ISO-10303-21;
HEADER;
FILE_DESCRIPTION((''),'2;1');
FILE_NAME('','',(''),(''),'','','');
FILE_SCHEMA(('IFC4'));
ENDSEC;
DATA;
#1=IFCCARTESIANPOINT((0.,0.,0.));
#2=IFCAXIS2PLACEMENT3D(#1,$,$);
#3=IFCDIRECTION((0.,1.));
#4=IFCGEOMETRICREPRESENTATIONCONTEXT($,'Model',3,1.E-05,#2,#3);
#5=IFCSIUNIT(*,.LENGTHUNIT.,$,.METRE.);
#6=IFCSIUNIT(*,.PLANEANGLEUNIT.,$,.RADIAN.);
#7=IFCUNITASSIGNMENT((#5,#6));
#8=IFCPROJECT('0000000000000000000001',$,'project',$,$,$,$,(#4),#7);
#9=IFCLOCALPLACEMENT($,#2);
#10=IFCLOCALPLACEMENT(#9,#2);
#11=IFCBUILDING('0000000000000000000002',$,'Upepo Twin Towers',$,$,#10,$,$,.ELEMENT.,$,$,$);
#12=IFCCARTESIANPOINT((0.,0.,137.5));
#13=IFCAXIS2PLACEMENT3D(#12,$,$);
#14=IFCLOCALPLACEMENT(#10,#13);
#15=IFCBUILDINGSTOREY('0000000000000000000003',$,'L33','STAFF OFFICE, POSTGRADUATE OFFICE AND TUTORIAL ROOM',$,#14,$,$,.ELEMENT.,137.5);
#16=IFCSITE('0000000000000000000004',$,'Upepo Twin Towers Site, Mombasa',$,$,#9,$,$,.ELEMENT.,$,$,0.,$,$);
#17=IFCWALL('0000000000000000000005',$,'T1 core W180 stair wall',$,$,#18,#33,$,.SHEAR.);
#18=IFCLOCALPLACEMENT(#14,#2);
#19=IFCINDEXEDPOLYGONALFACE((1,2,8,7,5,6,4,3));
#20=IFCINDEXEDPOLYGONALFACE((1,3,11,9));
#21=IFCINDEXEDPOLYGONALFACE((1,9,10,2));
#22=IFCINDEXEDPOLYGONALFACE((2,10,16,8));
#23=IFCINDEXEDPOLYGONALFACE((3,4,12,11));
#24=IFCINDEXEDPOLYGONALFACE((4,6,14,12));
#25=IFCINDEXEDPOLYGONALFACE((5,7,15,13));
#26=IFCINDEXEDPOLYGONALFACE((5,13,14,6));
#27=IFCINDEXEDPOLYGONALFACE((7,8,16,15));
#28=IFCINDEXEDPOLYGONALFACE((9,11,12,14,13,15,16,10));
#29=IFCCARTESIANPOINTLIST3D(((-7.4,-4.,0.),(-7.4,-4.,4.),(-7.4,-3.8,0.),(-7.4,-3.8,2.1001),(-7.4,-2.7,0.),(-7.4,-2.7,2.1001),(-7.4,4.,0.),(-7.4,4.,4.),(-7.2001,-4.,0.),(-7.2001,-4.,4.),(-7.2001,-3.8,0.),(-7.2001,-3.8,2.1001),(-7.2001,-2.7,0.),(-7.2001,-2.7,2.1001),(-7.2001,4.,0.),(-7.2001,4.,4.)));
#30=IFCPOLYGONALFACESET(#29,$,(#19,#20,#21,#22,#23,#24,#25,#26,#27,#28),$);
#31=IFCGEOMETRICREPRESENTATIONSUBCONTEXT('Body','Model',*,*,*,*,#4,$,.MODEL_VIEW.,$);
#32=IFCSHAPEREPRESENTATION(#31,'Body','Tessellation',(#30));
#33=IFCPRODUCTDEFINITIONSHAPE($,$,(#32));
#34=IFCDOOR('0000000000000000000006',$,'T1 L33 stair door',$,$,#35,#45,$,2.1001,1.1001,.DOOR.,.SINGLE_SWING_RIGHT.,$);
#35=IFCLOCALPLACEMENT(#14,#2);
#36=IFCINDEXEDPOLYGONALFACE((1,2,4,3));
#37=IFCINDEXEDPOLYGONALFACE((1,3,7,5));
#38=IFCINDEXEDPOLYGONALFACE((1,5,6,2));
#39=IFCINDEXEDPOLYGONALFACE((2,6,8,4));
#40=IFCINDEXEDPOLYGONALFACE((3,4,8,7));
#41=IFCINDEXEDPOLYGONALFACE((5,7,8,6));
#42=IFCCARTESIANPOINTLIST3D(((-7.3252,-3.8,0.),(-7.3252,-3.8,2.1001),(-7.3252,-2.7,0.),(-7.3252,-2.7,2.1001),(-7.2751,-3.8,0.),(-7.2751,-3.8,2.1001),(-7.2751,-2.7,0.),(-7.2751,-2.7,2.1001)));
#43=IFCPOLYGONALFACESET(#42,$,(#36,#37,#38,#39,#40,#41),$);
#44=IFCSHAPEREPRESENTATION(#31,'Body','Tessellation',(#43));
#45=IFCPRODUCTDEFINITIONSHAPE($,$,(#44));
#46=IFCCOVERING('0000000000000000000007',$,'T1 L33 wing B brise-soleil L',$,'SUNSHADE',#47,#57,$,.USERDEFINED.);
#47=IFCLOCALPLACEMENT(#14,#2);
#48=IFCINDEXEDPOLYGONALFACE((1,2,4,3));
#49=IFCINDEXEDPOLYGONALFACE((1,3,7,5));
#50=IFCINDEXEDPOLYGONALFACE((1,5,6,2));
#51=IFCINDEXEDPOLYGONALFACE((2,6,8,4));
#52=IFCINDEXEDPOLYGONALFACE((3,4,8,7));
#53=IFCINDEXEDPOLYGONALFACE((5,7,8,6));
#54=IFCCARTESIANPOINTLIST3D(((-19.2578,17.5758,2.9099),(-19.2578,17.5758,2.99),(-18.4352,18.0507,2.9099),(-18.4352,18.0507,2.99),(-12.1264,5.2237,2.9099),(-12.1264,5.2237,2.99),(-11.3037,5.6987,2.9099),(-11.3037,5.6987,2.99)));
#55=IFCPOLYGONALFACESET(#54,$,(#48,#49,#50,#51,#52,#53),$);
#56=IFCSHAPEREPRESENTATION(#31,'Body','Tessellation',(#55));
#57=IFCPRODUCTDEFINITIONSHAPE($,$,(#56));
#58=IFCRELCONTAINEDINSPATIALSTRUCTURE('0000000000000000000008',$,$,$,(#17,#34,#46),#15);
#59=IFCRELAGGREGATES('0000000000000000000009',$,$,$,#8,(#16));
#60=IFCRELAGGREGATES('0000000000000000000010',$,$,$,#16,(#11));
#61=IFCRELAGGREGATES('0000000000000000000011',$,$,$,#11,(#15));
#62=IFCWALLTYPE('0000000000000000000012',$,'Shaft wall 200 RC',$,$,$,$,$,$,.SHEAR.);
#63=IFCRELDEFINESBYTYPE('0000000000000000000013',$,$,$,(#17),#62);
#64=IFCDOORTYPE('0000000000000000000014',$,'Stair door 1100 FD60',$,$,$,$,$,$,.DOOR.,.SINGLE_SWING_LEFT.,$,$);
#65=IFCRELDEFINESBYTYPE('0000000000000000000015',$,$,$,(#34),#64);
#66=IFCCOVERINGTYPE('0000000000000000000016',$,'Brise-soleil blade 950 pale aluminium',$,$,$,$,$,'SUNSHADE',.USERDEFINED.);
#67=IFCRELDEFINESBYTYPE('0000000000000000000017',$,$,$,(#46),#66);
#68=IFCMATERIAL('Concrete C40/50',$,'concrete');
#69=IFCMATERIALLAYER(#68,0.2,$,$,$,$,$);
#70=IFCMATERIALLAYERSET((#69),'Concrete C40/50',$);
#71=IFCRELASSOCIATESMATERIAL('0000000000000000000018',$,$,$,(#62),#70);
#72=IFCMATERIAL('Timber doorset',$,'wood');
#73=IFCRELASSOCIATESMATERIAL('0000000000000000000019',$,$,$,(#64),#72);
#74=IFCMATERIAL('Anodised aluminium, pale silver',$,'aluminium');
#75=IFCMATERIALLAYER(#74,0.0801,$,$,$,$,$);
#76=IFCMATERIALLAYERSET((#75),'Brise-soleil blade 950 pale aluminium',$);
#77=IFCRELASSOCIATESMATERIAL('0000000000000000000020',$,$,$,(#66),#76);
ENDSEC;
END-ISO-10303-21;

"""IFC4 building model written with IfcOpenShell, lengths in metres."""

from ifc_helpers import new_model, si_unit, direction, frame, frame_2d, origin, origin_2d, place, context, subcontext, project, spatial, rectangle, extrude, material, layer, layer_set, type_object, element, fill, save


model = new_model("IFC4")

# Units and contexts
model_context = context("Model", 3, precision=1e-05, world=origin(), true_north=direction((0.0, 1.0)))
body_context = subcontext(model_context, "Body", "Model", "MODEL_VIEW")
ifc_project = project(units=[si_unit("LENGTHUNIT", "METRE"), si_unit("PLANEANGLEUNIT", "RADIAN")], contexts=[model_context])

# Site, building, storey
site_placement = place(None, origin())
site = spatial("IfcSite", under=ifc_project, at=site_placement, Name="Upepo Twin Towers Site, Mombasa", CompositionType="ELEMENT", RefElevation=0.0)
building_placement = place(site_placement, origin())
building = spatial("IfcBuilding", under=site, at=building_placement, Name="Upepo Twin Towers", CompositionType="ELEMENT")
storey_placement = place(building_placement, frame((0.0, 0.0, 137.5)))
storey = spatial("IfcBuildingStorey", under=building, at=storey_placement, Name="L33", Description="STAFF OFFICE, POSTGRADUATE OFFICE AND TUTORIAL ROOM", CompositionType="ELEMENT", Elevation=137.5)

# Wall, opening, door
ifc_material_1 = material(Name="Concrete C40/50", Category="concrete")
ifc_layer_1 = layer(ifc_material_1, 0.2)
ifc_layer_set_1 = layer_set([ifc_layer_1], Name="Concrete C40/50")
wall_type_1 = type_object("IfcWallType", Name="Shaft wall 200 RC", PredefinedType="SHEAR", material=ifc_layer_set_1)
wall_1_placement = place(storey_placement, frame((-7.3, 4.0, 0.0), z_axis=(0.0, 0.0, 1.0), x_axis=(0.0, -1.0, 0.0)))
wall_1 = element("IfcWall", 1, at=wall_1_placement, inside=storey, type_object=wall_type_1, Name="T1 core W180 stair wall", PredefinedType="SHEAR", context=body_context, shape_type="SweptSolid", body=[
    extrude(rectangle(XDim=8.0, YDim=0.2, at=frame_2d((4.0, 0.0))), origin(), (0.0, 0.0, 1.0), 4.0),
])
opening_1_placement = place(wall_1_placement, frame((6.7, 0.0, 0.0)))
opening_1 = element("IfcOpeningElement", 2, at=opening_1_placement, cuts=wall_1, PredefinedType="OPENING", context=body_context, shape_type="SweptSolid", body=[
    extrude(rectangle(XDim=1.1001, YDim=2.1001, at=frame_2d((0.55, 1.05))), frame((0.0, 0.1099, 0.0), z_axis=(0.0, -1.0, 0.0), x_axis=(1.0, 0.0, 0.0)), (0.0, 0.0, 1.0), 0.22),
])
ifc_material_2 = material(Name="Timber doorset", Category="wood")
door_type_1 = type_object("IfcDoorType", Name="Stair door 1100 FD60", OperationType="SINGLE_SWING_LEFT", PredefinedType="DOOR", material=ifc_material_2)
door_1_placement = place(opening_1_placement, origin())
door_1 = element("IfcDoor", 3, at=door_1_placement, inside=storey, type_object=door_type_1, Name="T1 L33 stair door", OperationType="SINGLE_SWING_RIGHT", OverallHeight=2.1001, OverallWidth=1.1001, PredefinedType="DOOR", context=body_context, shape_type="SweptSolid", body=[
    extrude(rectangle(XDim=1.1001, YDim=2.1001, at=frame_2d((0.55, 1.05))), frame((0.0, 0.0249, 0.0), z_axis=(0.0, -1.0, 0.0), x_axis=(1.0, 0.0, 0.0)), (0.0, 0.0, 1.0), 0.05),
])
fill(opening_1, door_1)

# Covering
ifc_material_3 = material(Name="Anodised aluminium, pale silver", Category="aluminium")
ifc_layer_2 = layer(ifc_material_3, 0.0801)
ifc_layer_set_2 = layer_set([ifc_layer_2], Name="Brise-soleil blade 950 pale aluminium")
covering_type = type_object("IfcCoveringType", Name="Brise-soleil blade 950 pale aluminium", ElementType="SUNSHADE", PredefinedType="USERDEFINED", material=ifc_layer_set_2)
covering_placement = place(storey_placement, frame((-15.2808, 11.6372, 2.9099), z_axis=(0.0, 0.0, 1.0), x_axis=(-0.5, 0.866025, 0.0)))
element("IfcCovering", 4, at=covering_placement, inside=storey, type_object=covering_type, Name="T1 L33 wing B brise-soleil L", ObjectType="SUNSHADE", PredefinedType="USERDEFINED", context=body_context, shape_type="SweptSolid", body=[
    extrude(rectangle(XDim=14.2629, YDim=0.95, at=origin_2d()), origin(), (0.0, 0.0, 1.0), 0.0801),
])

save(model, "model.ifc")
